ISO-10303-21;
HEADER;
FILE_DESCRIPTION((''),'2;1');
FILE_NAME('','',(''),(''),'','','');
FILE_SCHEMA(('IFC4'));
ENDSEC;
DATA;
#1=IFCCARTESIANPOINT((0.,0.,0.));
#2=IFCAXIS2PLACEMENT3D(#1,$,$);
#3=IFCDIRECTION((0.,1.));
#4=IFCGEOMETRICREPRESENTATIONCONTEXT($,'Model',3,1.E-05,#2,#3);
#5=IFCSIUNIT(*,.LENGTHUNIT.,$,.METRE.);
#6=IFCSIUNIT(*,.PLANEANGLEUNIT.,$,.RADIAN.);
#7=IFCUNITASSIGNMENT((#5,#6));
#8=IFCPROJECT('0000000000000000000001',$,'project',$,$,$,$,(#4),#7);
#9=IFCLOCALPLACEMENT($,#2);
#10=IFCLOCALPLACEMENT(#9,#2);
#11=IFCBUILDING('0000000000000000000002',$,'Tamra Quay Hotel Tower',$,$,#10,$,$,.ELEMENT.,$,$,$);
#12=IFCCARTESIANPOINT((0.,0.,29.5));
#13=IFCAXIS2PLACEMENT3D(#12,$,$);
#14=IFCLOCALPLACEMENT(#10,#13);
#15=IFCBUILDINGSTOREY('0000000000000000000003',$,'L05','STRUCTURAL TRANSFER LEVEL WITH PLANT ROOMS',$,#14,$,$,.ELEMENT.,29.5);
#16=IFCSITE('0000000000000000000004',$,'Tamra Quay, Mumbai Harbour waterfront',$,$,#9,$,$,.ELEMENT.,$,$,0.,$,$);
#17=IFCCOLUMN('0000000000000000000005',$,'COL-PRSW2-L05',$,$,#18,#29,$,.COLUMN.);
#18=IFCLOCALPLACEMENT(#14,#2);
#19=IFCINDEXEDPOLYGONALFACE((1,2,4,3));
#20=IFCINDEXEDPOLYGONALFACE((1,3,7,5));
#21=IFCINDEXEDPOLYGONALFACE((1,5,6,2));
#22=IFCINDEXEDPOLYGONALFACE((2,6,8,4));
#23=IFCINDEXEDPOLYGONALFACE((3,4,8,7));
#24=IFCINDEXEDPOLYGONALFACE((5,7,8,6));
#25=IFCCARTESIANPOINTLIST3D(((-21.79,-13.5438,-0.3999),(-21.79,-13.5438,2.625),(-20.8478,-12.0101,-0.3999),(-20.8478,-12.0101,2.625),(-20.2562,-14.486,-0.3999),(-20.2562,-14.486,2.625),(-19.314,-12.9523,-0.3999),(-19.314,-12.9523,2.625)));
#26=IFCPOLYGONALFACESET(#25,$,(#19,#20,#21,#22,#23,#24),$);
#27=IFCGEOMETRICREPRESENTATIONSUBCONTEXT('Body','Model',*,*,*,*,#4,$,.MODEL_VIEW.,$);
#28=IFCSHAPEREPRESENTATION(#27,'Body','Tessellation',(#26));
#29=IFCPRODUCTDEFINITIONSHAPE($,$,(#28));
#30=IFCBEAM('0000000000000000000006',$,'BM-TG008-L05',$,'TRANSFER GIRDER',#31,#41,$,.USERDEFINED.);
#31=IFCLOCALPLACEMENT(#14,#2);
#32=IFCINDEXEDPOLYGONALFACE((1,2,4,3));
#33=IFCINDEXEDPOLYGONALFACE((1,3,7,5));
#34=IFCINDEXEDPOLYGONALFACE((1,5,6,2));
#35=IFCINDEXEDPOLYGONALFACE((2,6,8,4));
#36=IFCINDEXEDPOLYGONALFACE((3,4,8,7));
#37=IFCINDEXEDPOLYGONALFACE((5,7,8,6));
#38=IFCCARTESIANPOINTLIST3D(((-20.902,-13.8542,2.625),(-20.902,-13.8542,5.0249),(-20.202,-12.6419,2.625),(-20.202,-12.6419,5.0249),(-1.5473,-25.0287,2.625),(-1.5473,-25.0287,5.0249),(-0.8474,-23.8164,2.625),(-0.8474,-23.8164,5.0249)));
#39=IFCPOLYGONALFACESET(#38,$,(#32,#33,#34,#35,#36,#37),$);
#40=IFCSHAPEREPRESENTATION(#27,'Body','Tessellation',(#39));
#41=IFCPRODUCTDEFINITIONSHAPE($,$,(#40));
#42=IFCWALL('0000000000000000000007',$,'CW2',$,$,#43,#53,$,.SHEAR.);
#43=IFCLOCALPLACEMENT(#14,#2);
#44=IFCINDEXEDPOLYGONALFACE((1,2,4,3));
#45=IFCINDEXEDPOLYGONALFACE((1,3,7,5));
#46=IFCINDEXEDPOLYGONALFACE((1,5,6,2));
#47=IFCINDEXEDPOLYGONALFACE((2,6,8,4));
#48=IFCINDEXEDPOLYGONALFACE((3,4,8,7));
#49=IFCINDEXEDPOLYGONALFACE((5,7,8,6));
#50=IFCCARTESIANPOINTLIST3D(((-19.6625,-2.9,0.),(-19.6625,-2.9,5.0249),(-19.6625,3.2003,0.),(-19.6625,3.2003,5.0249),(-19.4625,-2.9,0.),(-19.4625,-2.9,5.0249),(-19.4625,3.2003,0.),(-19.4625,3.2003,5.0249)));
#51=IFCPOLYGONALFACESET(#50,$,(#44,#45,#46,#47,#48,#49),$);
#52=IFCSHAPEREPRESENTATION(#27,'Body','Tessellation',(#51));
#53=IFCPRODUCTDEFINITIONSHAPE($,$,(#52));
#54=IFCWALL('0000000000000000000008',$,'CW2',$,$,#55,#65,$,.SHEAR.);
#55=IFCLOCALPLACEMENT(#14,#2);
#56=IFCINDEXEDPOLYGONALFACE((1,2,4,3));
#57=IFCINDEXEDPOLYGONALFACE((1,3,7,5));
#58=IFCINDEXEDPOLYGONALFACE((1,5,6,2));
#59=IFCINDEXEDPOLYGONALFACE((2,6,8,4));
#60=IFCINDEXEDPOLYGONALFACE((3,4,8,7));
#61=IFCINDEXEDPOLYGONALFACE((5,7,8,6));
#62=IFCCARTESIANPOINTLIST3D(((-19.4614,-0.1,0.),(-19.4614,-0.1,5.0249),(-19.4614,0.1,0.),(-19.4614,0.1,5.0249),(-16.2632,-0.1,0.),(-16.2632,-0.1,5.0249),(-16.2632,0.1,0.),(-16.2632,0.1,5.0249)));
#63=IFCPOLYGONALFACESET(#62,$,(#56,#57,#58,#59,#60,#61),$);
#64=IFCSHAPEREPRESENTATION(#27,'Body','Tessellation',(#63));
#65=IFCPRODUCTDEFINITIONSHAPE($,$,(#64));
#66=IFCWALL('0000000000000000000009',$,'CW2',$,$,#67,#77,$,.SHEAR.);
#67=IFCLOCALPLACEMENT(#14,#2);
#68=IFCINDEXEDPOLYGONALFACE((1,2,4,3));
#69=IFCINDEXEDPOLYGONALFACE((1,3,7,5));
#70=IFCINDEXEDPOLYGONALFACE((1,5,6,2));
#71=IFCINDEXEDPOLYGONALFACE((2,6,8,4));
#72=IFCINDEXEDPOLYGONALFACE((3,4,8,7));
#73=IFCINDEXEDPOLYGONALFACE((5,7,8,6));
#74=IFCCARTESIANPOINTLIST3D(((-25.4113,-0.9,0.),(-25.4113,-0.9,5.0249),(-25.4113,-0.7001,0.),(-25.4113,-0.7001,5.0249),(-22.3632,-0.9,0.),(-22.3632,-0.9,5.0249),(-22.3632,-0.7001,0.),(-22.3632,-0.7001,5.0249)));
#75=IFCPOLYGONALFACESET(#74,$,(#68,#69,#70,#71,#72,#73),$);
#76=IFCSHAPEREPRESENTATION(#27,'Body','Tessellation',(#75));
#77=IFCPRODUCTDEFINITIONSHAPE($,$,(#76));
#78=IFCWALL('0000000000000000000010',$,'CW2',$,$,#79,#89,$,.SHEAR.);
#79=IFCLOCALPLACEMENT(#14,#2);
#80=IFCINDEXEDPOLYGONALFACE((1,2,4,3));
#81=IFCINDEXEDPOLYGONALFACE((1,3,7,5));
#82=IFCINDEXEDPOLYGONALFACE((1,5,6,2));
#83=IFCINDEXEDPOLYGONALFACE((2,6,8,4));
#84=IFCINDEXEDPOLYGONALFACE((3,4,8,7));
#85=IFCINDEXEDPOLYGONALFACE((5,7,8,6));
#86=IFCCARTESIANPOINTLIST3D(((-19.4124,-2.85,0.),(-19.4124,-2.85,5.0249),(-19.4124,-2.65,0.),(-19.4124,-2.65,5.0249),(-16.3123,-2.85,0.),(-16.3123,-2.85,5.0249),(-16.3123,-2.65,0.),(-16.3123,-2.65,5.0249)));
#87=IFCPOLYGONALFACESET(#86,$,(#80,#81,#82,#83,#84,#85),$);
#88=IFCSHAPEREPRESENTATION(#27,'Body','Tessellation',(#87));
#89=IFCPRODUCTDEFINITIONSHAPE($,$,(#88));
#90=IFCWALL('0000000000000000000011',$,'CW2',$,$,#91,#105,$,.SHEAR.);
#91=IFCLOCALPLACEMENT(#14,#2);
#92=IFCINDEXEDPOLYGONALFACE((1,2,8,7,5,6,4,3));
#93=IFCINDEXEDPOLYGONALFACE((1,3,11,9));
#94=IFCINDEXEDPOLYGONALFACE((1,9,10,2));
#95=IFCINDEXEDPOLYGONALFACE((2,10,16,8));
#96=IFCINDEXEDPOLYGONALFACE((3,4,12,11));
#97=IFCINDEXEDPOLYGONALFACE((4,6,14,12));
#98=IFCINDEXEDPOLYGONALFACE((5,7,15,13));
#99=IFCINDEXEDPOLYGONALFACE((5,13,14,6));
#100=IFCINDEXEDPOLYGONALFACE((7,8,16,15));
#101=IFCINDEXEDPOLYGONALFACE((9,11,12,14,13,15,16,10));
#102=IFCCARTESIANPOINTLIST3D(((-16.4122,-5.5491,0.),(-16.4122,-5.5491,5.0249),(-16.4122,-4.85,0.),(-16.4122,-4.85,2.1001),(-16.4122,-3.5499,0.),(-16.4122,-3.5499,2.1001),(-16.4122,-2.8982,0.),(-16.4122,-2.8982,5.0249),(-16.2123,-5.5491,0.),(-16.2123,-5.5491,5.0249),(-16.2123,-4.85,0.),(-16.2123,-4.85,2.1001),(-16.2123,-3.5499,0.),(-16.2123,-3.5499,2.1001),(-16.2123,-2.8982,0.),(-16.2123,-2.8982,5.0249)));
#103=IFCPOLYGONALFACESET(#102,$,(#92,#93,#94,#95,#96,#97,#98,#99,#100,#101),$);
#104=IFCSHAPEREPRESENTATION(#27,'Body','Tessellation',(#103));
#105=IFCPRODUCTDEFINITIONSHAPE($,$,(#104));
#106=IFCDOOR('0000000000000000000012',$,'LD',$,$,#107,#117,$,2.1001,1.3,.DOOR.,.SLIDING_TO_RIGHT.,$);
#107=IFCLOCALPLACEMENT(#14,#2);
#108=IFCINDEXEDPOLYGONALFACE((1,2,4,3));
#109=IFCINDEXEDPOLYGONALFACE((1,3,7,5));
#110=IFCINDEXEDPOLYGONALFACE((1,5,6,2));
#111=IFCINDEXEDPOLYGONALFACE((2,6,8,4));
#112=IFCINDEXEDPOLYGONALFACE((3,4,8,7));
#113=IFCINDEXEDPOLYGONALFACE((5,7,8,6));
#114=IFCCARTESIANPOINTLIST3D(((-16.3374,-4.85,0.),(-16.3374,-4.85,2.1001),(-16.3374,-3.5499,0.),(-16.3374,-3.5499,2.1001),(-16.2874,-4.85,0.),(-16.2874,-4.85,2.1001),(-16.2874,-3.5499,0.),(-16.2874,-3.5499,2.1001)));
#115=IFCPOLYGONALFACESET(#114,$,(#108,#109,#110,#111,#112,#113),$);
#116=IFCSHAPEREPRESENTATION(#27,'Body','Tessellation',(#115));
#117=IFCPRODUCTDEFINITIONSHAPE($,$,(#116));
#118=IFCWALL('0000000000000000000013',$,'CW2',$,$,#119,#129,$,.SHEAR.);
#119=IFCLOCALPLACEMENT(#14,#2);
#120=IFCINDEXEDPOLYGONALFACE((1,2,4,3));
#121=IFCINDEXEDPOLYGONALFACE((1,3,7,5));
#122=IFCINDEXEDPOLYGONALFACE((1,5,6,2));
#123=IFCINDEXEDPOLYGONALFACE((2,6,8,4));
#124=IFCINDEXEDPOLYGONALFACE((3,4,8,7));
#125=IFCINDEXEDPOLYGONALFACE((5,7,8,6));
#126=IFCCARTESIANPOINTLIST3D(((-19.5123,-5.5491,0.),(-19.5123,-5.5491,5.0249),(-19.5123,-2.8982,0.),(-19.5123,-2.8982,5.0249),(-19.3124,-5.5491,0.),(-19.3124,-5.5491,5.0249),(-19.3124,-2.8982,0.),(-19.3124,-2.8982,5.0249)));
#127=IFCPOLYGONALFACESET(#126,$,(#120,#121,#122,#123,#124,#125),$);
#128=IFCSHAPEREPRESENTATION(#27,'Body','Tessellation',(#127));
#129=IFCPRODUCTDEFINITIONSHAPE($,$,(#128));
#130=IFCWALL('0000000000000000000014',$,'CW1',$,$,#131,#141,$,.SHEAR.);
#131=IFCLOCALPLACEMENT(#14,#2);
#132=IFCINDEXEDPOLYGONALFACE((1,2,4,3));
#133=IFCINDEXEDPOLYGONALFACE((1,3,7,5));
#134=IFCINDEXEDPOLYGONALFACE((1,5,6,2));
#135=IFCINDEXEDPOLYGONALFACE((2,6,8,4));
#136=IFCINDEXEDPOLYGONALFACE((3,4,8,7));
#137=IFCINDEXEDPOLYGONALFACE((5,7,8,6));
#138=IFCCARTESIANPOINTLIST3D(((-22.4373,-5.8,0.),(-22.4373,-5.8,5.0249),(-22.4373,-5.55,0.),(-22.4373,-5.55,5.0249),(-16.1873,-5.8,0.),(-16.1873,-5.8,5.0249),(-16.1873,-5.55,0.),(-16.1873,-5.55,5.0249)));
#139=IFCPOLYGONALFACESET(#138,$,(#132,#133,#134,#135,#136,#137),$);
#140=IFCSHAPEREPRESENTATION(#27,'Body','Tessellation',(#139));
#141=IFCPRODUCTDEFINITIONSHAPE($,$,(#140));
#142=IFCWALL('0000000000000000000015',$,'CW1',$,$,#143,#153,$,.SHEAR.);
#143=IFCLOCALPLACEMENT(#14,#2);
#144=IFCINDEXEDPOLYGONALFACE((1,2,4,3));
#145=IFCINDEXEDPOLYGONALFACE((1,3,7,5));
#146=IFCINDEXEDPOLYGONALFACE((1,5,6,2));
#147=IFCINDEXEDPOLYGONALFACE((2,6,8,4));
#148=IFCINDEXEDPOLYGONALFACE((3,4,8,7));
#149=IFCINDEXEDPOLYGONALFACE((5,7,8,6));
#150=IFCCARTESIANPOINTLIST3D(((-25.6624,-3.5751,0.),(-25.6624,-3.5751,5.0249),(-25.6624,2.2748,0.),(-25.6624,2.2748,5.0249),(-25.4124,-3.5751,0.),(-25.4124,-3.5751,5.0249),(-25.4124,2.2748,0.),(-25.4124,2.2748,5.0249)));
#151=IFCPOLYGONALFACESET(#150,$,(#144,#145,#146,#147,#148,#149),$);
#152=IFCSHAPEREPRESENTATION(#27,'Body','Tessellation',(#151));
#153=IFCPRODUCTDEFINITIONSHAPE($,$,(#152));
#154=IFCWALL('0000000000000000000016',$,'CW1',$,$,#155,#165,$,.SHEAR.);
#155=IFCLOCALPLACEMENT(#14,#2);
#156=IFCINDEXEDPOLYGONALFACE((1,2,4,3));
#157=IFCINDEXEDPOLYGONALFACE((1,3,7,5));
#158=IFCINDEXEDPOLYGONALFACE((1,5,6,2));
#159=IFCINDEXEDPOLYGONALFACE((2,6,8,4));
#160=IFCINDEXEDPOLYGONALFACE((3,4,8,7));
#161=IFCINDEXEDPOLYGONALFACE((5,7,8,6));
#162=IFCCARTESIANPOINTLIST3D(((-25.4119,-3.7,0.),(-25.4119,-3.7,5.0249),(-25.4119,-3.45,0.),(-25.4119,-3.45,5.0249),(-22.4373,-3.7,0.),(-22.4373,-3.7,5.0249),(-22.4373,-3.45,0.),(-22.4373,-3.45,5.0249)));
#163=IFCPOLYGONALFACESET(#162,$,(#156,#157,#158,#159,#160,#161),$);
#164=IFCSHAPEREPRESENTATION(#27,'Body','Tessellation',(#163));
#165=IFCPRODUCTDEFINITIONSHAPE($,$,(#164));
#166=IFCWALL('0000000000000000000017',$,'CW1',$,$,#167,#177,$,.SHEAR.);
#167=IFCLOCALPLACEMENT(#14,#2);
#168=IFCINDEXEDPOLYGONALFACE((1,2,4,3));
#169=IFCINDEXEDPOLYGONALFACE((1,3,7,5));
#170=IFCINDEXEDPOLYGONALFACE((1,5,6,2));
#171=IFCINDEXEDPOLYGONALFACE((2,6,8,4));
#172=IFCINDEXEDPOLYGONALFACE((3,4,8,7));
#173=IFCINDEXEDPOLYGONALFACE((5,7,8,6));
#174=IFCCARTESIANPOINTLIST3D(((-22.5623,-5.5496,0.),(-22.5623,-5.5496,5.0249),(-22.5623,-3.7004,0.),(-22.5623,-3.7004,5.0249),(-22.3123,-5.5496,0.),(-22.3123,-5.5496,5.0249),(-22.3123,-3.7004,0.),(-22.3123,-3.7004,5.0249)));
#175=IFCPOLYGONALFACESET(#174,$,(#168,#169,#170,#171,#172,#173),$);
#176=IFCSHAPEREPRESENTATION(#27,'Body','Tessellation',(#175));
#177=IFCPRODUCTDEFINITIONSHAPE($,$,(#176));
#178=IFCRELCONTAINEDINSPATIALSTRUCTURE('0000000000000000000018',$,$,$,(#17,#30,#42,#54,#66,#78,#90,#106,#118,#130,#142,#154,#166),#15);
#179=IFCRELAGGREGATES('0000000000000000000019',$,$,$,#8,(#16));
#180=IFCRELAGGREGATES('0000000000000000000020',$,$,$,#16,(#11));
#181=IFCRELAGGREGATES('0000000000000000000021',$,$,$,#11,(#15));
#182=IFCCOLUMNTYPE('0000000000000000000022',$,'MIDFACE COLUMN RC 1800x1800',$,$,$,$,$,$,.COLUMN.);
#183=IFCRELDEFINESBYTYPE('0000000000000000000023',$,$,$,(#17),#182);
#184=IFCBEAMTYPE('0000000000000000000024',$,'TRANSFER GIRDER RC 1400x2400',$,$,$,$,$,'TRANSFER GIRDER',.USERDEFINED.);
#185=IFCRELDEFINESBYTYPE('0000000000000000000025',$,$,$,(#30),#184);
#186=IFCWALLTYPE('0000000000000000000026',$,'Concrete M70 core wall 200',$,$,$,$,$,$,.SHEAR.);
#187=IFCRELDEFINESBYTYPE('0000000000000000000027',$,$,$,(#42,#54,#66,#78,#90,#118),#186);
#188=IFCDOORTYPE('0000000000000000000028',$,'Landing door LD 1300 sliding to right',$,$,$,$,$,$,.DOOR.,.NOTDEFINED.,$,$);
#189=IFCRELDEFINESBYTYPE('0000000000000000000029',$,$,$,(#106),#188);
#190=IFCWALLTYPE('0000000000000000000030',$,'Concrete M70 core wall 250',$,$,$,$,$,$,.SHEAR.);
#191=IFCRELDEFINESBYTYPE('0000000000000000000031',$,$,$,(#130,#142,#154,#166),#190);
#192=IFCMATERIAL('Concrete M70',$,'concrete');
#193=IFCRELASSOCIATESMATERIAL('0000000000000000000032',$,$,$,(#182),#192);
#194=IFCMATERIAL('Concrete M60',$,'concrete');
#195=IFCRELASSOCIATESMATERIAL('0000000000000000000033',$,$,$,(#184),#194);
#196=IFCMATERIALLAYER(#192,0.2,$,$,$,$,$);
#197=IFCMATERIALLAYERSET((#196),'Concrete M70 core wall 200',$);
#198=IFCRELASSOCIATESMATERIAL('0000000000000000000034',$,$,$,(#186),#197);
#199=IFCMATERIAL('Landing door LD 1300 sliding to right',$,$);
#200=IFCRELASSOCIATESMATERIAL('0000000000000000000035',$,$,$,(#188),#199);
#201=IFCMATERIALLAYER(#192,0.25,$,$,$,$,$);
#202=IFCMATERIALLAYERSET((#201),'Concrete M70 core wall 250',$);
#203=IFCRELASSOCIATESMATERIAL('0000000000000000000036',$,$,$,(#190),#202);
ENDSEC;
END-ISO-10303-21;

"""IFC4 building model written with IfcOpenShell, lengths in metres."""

from ifc_helpers import new_model, si_unit, direction, frame, frame_2d, origin, origin_2d, place, context, subcontext, project, spatial, rectangle, extrude, material, layer, layer_set, material_profile, profile_set, type_object, element, fill, save


model = new_model("IFC4")

# Units and contexts
model_context = context("Model", 3, precision=1e-05, world=origin(), true_north=direction((0.0, 1.0)))
body_context = subcontext(model_context, "Body", "Model", "MODEL_VIEW")
ifc_project = project(units=[si_unit("LENGTHUNIT", "METRE"), si_unit("PLANEANGLEUNIT", "RADIAN")], contexts=[model_context])

# Site, building, storey
site_placement = place(None, origin())
site = spatial("IfcSite", under=ifc_project, at=site_placement, Name="Tamra Quay, Mumbai Harbour waterfront", CompositionType="ELEMENT", RefElevation=0.0)
building_placement = place(site_placement, origin())
building = spatial("IfcBuilding", under=site, at=building_placement, Name="Tamra Quay Hotel Tower", CompositionType="ELEMENT")
storey_placement = place(building_placement, frame((0.0, 0.0, 29.5)))
storey = spatial("IfcBuildingStorey", under=building, at=storey_placement, Name="L05", Description="STRUCTURAL TRANSFER LEVEL WITH PLANT ROOMS", CompositionType="ELEMENT", Elevation=29.5)

# Column
ifc_material_1 = material(Name="Concrete M70", Category="concrete")
ifc_material_profile_1 = material_profile(ifc_material_1, rectangle(XDim=1.8, YDim=1.8, at=origin_2d()), Name="MIDFACE COLUMN RC 1800x1800")
ifc_profile_set_1 = profile_set([ifc_material_profile_1], Name="Concrete M70")
column_type = type_object("IfcColumnType", Name="MIDFACE COLUMN RC 1800x1800", PredefinedType="COLUMN", material=ifc_profile_set_1)
column_placement = place(storey_placement, frame((-20.552, -13.248, -0.3999), z_axis=(0.0, 0.0, 1.0), x_axis=(0.52343, 0.852069, 0.0)))
element("IfcColumn", 1, at=column_placement, inside=storey, type_object=column_type, Name="COL-PRSW2-L05", PredefinedType="COLUMN", context=body_context, shape_type="SweptSolid", body=[
    extrude(rectangle(XDim=1.8, YDim=1.8, at=origin_2d()), origin(), (0.0, 0.0, 1.0), 3.0249),
])

# Beam
ifc_material_2 = material(Name="Concrete M60", Category="concrete")
ifc_material_profile_2 = material_profile(ifc_material_2, rectangle(XDim=1.3999, YDim=2.3999, at=origin_2d()), Name="TRANSFER GIRDER RC 1400x2400")
ifc_profile_set_2 = profile_set([ifc_material_profile_2], Name="Concrete M60")
beam_type = type_object("IfcBeamType", Name="TRANSFER GIRDER RC 1400x2400", ElementType="TRANSFER GIRDER", PredefinedType="USERDEFINED", material=ifc_profile_set_2)
beam_placement = place(storey_placement, frame((-20.552, -13.248, 3.825), z_axis=(0.866023, -0.500003, 0.0), x_axis=(0.500003, 0.866023, 0.0)))
element("IfcBeam", 2, at=beam_placement, inside=storey, type_object=beam_type, Name="BM-TG008-L05", ObjectType="TRANSFER GIRDER", PredefinedType="USERDEFINED", context=body_context, shape_type="SweptSolid", body=[
    extrude(rectangle(XDim=1.3999, YDim=2.3999, at=origin_2d()), origin(), (0.0, 0.0, 1.0), 22.3489),
])

# Walls
ifc_layer_1 = layer(ifc_material_1, 0.2)
ifc_layer_set_1 = layer_set([ifc_layer_1], Name="Concrete M70 core wall 200")
wall_type_1 = type_object("IfcWallType", Name="Concrete M70 core wall 200", PredefinedType="SHEAR", material=ifc_layer_set_1)
wall_1_placement = place(storey_placement, frame((-19.5625, -2.9001, 0.0), z_axis=(0.0, 0.0, 1.0), x_axis=(0.0, 1.0, 0.0)))
element("IfcWall", 3, at=wall_1_placement, inside=storey, type_object=wall_type_1, Name="CW2", PredefinedType="SHEAR", context=body_context, shape_type="SweptSolid", body=[
    extrude(rectangle(XDim=6.1003, YDim=0.2, at=frame_2d((3.0503, 0.0))), origin(), (0.0, 0.0, 1.0), 5.0249),
])
wall_2_placement = place(storey_placement, frame((-16.2632, 0.0, 0.0), z_axis=(0.0, 0.0, 1.0), x_axis=(-1.0, 0.0, 0.0)))
element("IfcWall", 4, at=wall_2_placement, inside=storey, type_object=wall_type_1, Name="CW2", PredefinedType="SHEAR", context=body_context, shape_type="SweptSolid", body=[
    extrude(rectangle(XDim=3.1982, YDim=0.2, at=frame_2d((1.5991, 0.0))), origin(), (0.0, 0.0, 1.0), 5.0249),
])
wall_3_placement = place(storey_placement, frame((-22.3633, -0.8, 0.0), z_axis=(0.0, 0.0, 1.0), x_axis=(-1.0, 0.0, 0.0)))
element("IfcWall", 5, at=wall_3_placement, inside=storey, type_object=wall_type_1, Name="CW2", PredefinedType="SHEAR", context=body_context, shape_type="SweptSolid", body=[
    extrude(rectangle(XDim=3.0481, YDim=0.2, at=frame_2d((1.5239, 0.0))), origin(), (0.0, 0.0, 1.0), 5.0249),
])
wall_4_placement = place(storey_placement, frame((-19.4124, -2.75, 0.0), z_axis=(0.0, 0.0, 1.0), x_axis=(1.0, 0.0, 0.0)))
element("IfcWall", 6, at=wall_4_placement, inside=storey, type_object=wall_type_1, Name="CW2", PredefinedType="SHEAR", context=body_context, shape_type="SweptSolid", body=[
    extrude(rectangle(XDim=3.1001, YDim=0.2, at=frame_2d((1.55, 0.0))), origin(), (0.0, 0.0, 1.0), 5.0249),
])

# Wall, opening, door
wall_5_placement = place(storey_placement, frame((-16.3123, -2.8982, 0.0), z_axis=(0.0, 0.0, 1.0), x_axis=(0.0, -1.0, 0.0)))
wall_5 = element("IfcWall", 7, at=wall_5_placement, inside=storey, type_object=wall_type_1, Name="CW2", PredefinedType="SHEAR", context=body_context, shape_type="SweptSolid", body=[
    extrude(rectangle(XDim=2.6509, YDim=0.2, at=frame_2d((1.3254, 0.0))), origin(), (0.0, 0.0, 1.0), 5.0249),
])
opening_1_placement = place(wall_5_placement, frame((0.6519, 0.0, 0.0)))
opening_1 = element("IfcOpeningElement", 8, at=opening_1_placement, cuts=wall_5, PredefinedType="OPENING", context=body_context, shape_type="SweptSolid", body=[
    extrude(rectangle(XDim=1.3, YDim=2.1001, at=frame_2d((0.6499, 1.05))), frame((0.0, 0.1099, 0.0), z_axis=(0.0, -1.0, 0.0), x_axis=(1.0, 0.0, 0.0)), (0.0, 0.0, 1.0), 0.22),
])
ifc_material_3 = material(Name="Landing door LD 1300 sliding to right")
door_type = type_object("IfcDoorType", Name="Landing door LD 1300 sliding to right", OperationType="NOTDEFINED", PredefinedType="DOOR", material=ifc_material_3)
door_placement = place(opening_1_placement, origin())
door = element("IfcDoor", 9, at=door_placement, inside=storey, type_object=door_type, Name="LD", OperationType="SLIDING_TO_RIGHT", OverallHeight=2.1001, OverallWidth=1.3, PredefinedType="DOOR", context=body_context, shape_type="SweptSolid", body=[
    extrude(rectangle(XDim=1.3, YDim=2.1001, at=frame_2d((0.6499, 1.05))), frame((0.0, 0.0249, 0.0), z_axis=(0.0, -1.0, 0.0), x_axis=(1.0, 0.0, 0.0)), (0.0, 0.0, 1.0), 0.05),
])
fill(opening_1, door)

# Walls
wall_6_placement = place(storey_placement, frame((-19.4124, -5.5491, 0.0), z_axis=(0.0, 0.0, 1.0), x_axis=(0.0, 1.0, 0.0)))
element("IfcWall", 10, at=wall_6_placement, inside=storey, type_object=wall_type_1, Name="CW2", PredefinedType="SHEAR", context=body_context, shape_type="SweptSolid", body=[
    extrude(rectangle(XDim=2.6509, YDim=0.2, at=frame_2d((1.3254, 0.0))), origin(), (0.0, 0.0, 1.0), 5.0249),
])
ifc_layer_2 = layer(ifc_material_1, 0.25)
ifc_layer_set_2 = layer_set([ifc_layer_2], Name="Concrete M70 core wall 250")
wall_type_2 = type_object("IfcWallType", Name="Concrete M70 core wall 250", PredefinedType="SHEAR", material=ifc_layer_set_2)
wall_7_placement = place(storey_placement, frame((-16.1873, -5.675, 0.0), z_axis=(0.0, 0.0, 1.0), x_axis=(-1.0, 0.0, 0.0)))
element("IfcWall", 11, at=wall_7_placement, inside=storey, type_object=wall_type_2, Name="CW1", PredefinedType="SHEAR", context=body_context, shape_type="SweptSolid", body=[
    extrude(rectangle(XDim=6.25, YDim=0.25, at=frame_2d((3.125, 0.0))), origin(), (0.0, 0.0, 1.0), 5.0249),
])
wall_8_placement = place(storey_placement, frame((-25.5374, -3.575, 0.0), z_axis=(0.0, 0.0, 1.0), x_axis=(0.0, 1.0, 0.0)))
element("IfcWall", 12, at=wall_8_placement, inside=storey, type_object=wall_type_2, Name="CW1", PredefinedType="SHEAR", context=body_context, shape_type="SweptSolid", body=[
    extrude(rectangle(XDim=5.8499, YDim=0.25, at=frame_2d((2.9248, 0.0))), origin(), (0.0, 0.0, 1.0), 5.0249),
])
wall_9_placement = place(storey_placement, frame((-22.4373, -3.575, 0.0), z_axis=(0.0, 0.0, 1.0), x_axis=(-1.0, 0.0, 0.0)))
element("IfcWall", 13, at=wall_9_placement, inside=storey, type_object=wall_type_2, Name="CW1", PredefinedType="SHEAR", context=body_context, shape_type="SweptSolid", body=[
    extrude(rectangle(XDim=2.9746, YDim=0.25, at=frame_2d((1.4873, 0.0))), origin(), (0.0, 0.0, 1.0), 5.0249),
])
wall_10_placement = place(storey_placement, frame((-22.4373, -5.5496, 0.0), z_axis=(0.0, 0.0, 1.0), x_axis=(0.0, 1.0, 0.0)))
element("IfcWall", 14, at=wall_10_placement, inside=storey, type_object=wall_type_2, Name="CW1", PredefinedType="SHEAR", context=body_context, shape_type="SweptSolid", body=[
    extrude(rectangle(XDim=1.8491, YDim=0.25, at=frame_2d((0.9246, 0.0))), origin(), (0.0, 0.0, 1.0), 5.0249),
])

save(model, "model.ifc")
